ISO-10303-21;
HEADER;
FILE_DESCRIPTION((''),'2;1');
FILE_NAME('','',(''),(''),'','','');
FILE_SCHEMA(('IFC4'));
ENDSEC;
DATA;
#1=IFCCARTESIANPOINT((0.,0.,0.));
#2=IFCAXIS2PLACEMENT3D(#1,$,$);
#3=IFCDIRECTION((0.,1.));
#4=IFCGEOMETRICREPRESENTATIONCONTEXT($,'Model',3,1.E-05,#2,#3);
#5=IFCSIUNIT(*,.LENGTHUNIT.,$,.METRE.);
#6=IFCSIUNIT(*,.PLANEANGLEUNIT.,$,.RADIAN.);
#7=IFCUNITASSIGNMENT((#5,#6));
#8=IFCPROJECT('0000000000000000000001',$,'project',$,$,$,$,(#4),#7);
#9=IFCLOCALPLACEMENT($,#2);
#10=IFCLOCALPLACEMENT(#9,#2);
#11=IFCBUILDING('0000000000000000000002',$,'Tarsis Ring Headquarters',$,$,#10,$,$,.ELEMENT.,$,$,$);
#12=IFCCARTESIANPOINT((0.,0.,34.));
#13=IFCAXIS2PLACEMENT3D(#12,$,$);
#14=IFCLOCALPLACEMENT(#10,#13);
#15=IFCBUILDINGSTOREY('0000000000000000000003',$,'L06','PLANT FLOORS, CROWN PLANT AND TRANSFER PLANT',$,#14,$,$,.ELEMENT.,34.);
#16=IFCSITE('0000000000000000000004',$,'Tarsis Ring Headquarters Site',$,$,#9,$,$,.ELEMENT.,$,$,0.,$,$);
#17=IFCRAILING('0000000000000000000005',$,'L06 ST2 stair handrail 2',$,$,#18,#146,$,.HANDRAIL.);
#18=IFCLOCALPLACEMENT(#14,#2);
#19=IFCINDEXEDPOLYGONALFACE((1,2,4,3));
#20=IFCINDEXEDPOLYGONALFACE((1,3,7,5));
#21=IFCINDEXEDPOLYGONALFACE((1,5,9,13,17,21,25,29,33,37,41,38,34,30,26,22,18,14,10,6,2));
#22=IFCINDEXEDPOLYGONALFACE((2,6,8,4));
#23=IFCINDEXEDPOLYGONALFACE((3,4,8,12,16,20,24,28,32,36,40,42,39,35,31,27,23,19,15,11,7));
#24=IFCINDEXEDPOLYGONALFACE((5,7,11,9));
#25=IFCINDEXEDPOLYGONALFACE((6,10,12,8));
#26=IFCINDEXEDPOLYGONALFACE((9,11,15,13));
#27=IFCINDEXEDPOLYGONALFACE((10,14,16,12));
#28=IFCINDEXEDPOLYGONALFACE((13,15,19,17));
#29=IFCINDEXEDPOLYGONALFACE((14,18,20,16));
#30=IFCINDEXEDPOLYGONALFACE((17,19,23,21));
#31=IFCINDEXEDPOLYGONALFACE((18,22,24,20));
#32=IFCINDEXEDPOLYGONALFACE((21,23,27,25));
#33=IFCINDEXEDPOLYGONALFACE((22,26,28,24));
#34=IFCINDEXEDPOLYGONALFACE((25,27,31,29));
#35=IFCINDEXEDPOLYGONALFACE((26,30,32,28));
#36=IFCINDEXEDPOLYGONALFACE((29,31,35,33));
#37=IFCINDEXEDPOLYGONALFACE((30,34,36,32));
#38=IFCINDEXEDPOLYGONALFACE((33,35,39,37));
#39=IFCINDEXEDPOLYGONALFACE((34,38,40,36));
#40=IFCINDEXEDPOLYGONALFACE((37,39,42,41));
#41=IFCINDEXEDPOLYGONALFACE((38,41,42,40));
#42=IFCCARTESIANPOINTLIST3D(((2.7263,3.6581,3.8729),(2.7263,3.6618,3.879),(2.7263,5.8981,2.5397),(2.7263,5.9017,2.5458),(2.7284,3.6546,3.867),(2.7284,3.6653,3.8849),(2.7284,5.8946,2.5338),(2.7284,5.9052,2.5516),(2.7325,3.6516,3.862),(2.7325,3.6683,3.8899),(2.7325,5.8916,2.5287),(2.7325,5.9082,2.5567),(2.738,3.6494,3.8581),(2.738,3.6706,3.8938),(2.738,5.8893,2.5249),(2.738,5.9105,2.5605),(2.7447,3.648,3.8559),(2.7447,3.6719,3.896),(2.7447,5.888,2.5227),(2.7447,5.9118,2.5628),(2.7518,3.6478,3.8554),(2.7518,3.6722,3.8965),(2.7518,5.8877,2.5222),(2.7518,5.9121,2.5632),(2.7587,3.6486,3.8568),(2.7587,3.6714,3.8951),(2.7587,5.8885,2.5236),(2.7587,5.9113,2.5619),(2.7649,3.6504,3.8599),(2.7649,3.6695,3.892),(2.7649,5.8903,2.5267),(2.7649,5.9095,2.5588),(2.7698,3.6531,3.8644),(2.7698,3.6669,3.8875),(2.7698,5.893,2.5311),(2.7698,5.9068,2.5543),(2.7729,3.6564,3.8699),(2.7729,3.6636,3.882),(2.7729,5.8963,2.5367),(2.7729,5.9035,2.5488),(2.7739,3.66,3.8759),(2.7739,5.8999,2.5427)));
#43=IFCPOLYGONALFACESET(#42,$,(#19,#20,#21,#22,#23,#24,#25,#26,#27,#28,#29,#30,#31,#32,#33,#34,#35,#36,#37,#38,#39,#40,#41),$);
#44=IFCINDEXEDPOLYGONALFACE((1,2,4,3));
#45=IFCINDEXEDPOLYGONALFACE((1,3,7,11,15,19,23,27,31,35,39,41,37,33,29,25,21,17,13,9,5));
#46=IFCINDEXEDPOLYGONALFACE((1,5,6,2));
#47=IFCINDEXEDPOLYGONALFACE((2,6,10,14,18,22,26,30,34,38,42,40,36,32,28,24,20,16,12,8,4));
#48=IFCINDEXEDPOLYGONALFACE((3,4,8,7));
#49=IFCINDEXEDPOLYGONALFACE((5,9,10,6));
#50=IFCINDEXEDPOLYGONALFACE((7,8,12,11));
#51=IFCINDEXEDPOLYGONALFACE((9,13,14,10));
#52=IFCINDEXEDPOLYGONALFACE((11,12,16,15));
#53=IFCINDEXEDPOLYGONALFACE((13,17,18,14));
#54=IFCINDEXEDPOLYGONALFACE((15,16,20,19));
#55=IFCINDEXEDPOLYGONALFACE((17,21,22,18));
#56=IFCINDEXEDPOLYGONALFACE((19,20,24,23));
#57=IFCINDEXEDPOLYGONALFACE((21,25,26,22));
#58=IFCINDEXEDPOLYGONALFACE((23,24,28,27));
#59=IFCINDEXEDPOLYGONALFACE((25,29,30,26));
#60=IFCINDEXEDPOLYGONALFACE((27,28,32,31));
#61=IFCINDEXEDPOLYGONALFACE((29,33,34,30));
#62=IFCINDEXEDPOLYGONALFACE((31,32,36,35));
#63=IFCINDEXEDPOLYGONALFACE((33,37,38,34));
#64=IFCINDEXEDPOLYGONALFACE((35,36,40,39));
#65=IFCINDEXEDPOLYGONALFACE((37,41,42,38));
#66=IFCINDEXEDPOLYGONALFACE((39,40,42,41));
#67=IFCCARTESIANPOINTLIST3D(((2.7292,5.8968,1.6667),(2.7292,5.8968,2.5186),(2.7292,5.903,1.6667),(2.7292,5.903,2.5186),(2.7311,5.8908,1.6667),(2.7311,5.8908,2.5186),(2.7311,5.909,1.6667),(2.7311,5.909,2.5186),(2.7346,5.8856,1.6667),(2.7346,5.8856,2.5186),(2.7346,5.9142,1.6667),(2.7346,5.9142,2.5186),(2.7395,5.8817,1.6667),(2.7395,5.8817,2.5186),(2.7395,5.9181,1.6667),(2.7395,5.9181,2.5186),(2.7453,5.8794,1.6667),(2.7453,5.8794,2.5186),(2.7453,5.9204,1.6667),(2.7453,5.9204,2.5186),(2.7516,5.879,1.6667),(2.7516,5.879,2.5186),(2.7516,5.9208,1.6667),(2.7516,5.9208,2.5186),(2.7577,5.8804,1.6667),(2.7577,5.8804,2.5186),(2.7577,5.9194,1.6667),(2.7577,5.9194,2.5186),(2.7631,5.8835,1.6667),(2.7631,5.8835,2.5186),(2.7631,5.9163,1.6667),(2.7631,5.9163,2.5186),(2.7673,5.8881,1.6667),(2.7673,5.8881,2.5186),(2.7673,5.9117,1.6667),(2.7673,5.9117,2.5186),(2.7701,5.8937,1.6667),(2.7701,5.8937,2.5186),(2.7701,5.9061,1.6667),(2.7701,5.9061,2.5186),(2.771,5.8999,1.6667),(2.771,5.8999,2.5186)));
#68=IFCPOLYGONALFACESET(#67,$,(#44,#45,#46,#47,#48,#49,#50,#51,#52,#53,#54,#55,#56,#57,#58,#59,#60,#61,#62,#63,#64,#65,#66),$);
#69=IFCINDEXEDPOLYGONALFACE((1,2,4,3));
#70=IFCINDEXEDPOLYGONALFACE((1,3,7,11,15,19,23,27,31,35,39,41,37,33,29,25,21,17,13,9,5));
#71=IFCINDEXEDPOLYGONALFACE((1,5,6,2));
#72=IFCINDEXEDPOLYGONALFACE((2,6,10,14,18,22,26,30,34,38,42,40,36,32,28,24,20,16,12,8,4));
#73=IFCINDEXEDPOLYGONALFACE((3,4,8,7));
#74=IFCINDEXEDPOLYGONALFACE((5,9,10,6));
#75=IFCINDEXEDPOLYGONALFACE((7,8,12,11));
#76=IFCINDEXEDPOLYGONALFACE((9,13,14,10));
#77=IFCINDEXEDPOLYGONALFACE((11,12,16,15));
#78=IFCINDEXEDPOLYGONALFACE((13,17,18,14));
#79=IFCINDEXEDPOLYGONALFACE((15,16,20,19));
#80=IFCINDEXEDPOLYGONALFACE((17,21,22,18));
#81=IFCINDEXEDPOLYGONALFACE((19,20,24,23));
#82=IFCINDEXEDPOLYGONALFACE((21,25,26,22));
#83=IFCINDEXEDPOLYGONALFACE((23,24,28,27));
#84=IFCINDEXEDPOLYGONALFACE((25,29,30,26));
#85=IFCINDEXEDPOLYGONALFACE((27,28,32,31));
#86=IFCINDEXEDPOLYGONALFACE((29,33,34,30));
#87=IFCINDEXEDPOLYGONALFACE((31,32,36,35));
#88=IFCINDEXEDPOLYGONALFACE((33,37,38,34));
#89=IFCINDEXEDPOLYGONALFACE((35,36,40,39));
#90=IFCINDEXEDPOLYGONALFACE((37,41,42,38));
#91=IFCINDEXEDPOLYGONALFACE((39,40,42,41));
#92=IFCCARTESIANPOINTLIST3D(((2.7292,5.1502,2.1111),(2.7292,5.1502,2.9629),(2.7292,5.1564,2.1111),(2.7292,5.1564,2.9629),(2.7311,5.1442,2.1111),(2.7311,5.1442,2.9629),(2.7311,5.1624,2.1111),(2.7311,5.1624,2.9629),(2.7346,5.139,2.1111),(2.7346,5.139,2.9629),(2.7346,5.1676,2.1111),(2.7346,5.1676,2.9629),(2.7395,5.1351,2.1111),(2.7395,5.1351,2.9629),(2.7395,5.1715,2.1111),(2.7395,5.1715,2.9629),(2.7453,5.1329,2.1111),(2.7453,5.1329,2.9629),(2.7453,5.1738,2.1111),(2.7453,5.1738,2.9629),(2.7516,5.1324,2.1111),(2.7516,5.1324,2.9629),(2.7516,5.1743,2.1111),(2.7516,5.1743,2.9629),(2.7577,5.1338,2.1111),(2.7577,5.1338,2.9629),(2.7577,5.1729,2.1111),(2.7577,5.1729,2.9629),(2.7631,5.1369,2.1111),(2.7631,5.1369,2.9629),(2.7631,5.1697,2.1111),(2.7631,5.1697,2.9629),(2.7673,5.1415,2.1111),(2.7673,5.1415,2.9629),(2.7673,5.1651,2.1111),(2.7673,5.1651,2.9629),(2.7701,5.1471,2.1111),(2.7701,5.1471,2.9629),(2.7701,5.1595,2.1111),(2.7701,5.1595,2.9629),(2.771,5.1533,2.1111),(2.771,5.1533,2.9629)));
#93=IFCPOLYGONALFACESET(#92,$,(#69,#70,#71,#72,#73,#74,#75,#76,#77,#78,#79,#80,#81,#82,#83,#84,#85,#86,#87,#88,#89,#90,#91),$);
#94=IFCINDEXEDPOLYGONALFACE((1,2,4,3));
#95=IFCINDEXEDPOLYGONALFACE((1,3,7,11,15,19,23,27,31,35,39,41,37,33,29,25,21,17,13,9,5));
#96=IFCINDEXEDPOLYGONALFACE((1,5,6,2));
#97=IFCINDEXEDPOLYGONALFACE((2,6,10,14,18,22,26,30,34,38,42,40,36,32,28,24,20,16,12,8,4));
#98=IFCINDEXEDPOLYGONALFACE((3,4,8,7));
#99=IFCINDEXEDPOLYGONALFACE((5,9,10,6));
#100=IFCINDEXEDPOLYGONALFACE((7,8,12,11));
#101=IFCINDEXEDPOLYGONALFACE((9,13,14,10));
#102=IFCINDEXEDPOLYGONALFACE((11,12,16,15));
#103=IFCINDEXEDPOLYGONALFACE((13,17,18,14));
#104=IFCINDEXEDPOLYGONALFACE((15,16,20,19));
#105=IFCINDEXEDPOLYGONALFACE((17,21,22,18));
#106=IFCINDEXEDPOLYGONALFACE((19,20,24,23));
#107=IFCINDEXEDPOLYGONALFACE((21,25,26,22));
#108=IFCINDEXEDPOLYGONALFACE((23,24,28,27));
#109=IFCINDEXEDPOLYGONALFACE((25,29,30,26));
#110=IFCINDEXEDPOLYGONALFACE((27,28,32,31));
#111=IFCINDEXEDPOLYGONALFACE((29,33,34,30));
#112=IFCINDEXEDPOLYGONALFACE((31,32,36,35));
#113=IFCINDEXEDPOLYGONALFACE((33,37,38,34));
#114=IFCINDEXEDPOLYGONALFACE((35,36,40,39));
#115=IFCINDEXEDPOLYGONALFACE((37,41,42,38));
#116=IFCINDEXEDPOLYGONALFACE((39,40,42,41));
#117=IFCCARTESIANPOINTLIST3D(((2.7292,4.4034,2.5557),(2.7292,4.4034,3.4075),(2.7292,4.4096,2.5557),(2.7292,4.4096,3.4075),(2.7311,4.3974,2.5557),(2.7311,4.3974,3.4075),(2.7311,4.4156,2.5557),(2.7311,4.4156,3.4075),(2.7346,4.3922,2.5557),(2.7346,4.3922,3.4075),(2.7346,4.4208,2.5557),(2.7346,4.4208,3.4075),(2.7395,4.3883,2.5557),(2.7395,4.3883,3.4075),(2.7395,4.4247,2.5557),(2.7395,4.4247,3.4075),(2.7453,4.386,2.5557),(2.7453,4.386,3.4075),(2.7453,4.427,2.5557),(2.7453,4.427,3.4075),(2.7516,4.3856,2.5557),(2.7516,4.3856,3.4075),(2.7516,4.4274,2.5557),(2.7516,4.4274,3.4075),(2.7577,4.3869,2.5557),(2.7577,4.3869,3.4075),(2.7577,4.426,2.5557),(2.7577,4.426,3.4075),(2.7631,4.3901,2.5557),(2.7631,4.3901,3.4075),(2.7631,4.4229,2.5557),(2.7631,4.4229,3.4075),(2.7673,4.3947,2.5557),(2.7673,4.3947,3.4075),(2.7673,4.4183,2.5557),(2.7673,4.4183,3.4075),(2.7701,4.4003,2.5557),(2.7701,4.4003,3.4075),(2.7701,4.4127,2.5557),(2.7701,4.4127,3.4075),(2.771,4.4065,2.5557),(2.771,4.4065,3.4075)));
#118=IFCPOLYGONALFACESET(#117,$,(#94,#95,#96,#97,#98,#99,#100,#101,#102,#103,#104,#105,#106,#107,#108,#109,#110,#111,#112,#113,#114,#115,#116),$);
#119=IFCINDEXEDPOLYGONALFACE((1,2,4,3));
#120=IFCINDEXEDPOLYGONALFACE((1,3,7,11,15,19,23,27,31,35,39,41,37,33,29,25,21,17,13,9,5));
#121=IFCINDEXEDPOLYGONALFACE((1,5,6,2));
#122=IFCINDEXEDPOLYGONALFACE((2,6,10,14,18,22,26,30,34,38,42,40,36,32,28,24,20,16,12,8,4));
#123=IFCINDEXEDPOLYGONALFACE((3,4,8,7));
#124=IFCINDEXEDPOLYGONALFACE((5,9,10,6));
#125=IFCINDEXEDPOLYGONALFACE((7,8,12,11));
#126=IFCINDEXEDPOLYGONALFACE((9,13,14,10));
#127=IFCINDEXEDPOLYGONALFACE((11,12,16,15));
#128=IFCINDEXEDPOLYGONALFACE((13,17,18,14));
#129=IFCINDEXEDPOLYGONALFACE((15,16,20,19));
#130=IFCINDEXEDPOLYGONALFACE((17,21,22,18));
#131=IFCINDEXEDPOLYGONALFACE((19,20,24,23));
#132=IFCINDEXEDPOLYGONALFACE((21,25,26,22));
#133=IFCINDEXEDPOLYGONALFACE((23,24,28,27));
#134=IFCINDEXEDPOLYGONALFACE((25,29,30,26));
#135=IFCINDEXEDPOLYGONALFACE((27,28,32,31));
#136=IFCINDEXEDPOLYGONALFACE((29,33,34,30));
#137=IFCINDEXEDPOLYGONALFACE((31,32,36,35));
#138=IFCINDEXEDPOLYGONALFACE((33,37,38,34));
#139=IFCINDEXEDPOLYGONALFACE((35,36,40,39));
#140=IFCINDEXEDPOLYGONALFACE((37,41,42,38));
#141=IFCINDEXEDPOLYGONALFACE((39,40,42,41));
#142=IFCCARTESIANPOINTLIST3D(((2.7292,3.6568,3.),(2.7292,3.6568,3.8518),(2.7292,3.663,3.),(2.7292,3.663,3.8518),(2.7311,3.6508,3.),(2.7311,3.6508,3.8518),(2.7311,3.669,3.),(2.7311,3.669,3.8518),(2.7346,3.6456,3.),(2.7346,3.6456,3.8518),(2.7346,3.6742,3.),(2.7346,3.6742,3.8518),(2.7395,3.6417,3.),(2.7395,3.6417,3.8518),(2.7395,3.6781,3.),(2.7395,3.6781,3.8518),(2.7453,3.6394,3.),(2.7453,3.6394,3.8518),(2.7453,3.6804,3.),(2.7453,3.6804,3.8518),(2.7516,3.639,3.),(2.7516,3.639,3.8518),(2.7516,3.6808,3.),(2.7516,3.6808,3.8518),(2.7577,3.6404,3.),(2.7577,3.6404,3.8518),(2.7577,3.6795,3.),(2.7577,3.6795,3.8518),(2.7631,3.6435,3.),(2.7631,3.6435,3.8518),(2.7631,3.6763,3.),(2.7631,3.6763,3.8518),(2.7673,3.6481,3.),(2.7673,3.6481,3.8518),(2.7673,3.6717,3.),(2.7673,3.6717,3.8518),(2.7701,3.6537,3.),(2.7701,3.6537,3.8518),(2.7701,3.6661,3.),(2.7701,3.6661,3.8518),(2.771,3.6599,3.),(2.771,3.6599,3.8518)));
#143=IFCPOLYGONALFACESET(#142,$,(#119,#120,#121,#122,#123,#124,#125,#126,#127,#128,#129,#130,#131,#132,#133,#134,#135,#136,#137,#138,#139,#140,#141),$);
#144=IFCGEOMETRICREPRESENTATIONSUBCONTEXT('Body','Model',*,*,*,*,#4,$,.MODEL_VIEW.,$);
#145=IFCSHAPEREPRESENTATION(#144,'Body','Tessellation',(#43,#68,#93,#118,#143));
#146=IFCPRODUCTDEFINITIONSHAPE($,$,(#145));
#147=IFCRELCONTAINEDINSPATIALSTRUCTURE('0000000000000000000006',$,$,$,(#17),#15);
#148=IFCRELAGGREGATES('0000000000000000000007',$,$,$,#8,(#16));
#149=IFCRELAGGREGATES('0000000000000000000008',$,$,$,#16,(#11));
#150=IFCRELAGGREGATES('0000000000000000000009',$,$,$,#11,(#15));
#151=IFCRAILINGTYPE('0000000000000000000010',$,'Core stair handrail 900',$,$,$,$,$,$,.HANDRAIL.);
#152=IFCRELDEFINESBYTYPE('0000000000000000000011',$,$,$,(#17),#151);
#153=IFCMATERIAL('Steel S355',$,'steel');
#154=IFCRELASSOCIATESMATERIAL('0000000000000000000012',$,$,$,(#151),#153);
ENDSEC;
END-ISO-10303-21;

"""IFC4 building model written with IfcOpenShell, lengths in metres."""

from ifc_helpers import new_model, si_unit, direction, frame, origin, origin_2d, place, context, subcontext, project, spatial, circle, extrude, material, type_object, element, save


model = new_model("IFC4")

# Units and contexts
model_context = context("Model", 3, precision=1e-05, world=origin(), true_north=direction((0.0, 1.0)))
body_context = subcontext(model_context, "Body", "Model", "MODEL_VIEW")
ifc_project = project(units=[si_unit("LENGTHUNIT", "METRE"), si_unit("PLANEANGLEUNIT", "RADIAN")], contexts=[model_context])

# Site, building, storey
site_placement = place(None, origin())
site = spatial("IfcSite", under=ifc_project, at=site_placement, Name="Tarsis Ring Headquarters Site", CompositionType="ELEMENT", RefElevation=0.0)
building_placement = place(site_placement, origin())
building = spatial("IfcBuilding", under=site, at=building_placement, Name="Tarsis Ring Headquarters", CompositionType="ELEMENT")
storey_placement = place(building_placement, frame((0.0, 0.0, 34.0)))
storey = spatial("IfcBuildingStorey", under=building, at=storey_placement, Name="L06", Description="PLANT FLOORS, CROWN PLANT AND TRANSFER PLANT", CompositionType="ELEMENT", Elevation=34.0)

# Railing
ifc_material_1 = material(Name="Steel S355", Category="steel")
railing_type_1 = type_object("IfcRailingType", Name="Core stair handrail 900", PredefinedType="HANDRAIL", material=ifc_material_1)
for number, where, name in (
    (1, (2.75, 5.8999, 1.6667), "L06 ST2 stair handrail 2"),
):
    element("IfcRailing", number, at=place(storey_placement, frame(where)), inside=storey, type_object=railing_type_1, Name=name, PredefinedType="HANDRAIL", context=body_context, shape_type="SweptSolid", body=[
        extrude(circle(Radius=0.0239, at=origin_2d()), frame((0.0, 0.0, 0.876), z_axis=(0.0, -0.859306, 0.511462), x_axis=(1.0, 0.0, 0.0)), (0.0, 0.0, 1.0), 2.6067),
        extrude(circle(Radius=0.021, at=origin_2d()), origin(), (0.0, 0.0, 1.0), 0.8518),
        extrude(circle(Radius=0.021, at=origin_2d()), frame((0.0, -0.7466, 0.4443)), (0.0, 0.0, 1.0), 0.8518),
        extrude(circle(Radius=0.021, at=origin_2d()), frame((0.0, -1.4934, 0.8889)), (0.0, 0.0, 1.0), 0.8518),
        extrude(circle(Radius=0.021, at=origin_2d()), frame((0.0, -2.24, 1.3333)), (0.0, 0.0, 1.0), 0.8518),
    ])

save(model, "model.ifc")
